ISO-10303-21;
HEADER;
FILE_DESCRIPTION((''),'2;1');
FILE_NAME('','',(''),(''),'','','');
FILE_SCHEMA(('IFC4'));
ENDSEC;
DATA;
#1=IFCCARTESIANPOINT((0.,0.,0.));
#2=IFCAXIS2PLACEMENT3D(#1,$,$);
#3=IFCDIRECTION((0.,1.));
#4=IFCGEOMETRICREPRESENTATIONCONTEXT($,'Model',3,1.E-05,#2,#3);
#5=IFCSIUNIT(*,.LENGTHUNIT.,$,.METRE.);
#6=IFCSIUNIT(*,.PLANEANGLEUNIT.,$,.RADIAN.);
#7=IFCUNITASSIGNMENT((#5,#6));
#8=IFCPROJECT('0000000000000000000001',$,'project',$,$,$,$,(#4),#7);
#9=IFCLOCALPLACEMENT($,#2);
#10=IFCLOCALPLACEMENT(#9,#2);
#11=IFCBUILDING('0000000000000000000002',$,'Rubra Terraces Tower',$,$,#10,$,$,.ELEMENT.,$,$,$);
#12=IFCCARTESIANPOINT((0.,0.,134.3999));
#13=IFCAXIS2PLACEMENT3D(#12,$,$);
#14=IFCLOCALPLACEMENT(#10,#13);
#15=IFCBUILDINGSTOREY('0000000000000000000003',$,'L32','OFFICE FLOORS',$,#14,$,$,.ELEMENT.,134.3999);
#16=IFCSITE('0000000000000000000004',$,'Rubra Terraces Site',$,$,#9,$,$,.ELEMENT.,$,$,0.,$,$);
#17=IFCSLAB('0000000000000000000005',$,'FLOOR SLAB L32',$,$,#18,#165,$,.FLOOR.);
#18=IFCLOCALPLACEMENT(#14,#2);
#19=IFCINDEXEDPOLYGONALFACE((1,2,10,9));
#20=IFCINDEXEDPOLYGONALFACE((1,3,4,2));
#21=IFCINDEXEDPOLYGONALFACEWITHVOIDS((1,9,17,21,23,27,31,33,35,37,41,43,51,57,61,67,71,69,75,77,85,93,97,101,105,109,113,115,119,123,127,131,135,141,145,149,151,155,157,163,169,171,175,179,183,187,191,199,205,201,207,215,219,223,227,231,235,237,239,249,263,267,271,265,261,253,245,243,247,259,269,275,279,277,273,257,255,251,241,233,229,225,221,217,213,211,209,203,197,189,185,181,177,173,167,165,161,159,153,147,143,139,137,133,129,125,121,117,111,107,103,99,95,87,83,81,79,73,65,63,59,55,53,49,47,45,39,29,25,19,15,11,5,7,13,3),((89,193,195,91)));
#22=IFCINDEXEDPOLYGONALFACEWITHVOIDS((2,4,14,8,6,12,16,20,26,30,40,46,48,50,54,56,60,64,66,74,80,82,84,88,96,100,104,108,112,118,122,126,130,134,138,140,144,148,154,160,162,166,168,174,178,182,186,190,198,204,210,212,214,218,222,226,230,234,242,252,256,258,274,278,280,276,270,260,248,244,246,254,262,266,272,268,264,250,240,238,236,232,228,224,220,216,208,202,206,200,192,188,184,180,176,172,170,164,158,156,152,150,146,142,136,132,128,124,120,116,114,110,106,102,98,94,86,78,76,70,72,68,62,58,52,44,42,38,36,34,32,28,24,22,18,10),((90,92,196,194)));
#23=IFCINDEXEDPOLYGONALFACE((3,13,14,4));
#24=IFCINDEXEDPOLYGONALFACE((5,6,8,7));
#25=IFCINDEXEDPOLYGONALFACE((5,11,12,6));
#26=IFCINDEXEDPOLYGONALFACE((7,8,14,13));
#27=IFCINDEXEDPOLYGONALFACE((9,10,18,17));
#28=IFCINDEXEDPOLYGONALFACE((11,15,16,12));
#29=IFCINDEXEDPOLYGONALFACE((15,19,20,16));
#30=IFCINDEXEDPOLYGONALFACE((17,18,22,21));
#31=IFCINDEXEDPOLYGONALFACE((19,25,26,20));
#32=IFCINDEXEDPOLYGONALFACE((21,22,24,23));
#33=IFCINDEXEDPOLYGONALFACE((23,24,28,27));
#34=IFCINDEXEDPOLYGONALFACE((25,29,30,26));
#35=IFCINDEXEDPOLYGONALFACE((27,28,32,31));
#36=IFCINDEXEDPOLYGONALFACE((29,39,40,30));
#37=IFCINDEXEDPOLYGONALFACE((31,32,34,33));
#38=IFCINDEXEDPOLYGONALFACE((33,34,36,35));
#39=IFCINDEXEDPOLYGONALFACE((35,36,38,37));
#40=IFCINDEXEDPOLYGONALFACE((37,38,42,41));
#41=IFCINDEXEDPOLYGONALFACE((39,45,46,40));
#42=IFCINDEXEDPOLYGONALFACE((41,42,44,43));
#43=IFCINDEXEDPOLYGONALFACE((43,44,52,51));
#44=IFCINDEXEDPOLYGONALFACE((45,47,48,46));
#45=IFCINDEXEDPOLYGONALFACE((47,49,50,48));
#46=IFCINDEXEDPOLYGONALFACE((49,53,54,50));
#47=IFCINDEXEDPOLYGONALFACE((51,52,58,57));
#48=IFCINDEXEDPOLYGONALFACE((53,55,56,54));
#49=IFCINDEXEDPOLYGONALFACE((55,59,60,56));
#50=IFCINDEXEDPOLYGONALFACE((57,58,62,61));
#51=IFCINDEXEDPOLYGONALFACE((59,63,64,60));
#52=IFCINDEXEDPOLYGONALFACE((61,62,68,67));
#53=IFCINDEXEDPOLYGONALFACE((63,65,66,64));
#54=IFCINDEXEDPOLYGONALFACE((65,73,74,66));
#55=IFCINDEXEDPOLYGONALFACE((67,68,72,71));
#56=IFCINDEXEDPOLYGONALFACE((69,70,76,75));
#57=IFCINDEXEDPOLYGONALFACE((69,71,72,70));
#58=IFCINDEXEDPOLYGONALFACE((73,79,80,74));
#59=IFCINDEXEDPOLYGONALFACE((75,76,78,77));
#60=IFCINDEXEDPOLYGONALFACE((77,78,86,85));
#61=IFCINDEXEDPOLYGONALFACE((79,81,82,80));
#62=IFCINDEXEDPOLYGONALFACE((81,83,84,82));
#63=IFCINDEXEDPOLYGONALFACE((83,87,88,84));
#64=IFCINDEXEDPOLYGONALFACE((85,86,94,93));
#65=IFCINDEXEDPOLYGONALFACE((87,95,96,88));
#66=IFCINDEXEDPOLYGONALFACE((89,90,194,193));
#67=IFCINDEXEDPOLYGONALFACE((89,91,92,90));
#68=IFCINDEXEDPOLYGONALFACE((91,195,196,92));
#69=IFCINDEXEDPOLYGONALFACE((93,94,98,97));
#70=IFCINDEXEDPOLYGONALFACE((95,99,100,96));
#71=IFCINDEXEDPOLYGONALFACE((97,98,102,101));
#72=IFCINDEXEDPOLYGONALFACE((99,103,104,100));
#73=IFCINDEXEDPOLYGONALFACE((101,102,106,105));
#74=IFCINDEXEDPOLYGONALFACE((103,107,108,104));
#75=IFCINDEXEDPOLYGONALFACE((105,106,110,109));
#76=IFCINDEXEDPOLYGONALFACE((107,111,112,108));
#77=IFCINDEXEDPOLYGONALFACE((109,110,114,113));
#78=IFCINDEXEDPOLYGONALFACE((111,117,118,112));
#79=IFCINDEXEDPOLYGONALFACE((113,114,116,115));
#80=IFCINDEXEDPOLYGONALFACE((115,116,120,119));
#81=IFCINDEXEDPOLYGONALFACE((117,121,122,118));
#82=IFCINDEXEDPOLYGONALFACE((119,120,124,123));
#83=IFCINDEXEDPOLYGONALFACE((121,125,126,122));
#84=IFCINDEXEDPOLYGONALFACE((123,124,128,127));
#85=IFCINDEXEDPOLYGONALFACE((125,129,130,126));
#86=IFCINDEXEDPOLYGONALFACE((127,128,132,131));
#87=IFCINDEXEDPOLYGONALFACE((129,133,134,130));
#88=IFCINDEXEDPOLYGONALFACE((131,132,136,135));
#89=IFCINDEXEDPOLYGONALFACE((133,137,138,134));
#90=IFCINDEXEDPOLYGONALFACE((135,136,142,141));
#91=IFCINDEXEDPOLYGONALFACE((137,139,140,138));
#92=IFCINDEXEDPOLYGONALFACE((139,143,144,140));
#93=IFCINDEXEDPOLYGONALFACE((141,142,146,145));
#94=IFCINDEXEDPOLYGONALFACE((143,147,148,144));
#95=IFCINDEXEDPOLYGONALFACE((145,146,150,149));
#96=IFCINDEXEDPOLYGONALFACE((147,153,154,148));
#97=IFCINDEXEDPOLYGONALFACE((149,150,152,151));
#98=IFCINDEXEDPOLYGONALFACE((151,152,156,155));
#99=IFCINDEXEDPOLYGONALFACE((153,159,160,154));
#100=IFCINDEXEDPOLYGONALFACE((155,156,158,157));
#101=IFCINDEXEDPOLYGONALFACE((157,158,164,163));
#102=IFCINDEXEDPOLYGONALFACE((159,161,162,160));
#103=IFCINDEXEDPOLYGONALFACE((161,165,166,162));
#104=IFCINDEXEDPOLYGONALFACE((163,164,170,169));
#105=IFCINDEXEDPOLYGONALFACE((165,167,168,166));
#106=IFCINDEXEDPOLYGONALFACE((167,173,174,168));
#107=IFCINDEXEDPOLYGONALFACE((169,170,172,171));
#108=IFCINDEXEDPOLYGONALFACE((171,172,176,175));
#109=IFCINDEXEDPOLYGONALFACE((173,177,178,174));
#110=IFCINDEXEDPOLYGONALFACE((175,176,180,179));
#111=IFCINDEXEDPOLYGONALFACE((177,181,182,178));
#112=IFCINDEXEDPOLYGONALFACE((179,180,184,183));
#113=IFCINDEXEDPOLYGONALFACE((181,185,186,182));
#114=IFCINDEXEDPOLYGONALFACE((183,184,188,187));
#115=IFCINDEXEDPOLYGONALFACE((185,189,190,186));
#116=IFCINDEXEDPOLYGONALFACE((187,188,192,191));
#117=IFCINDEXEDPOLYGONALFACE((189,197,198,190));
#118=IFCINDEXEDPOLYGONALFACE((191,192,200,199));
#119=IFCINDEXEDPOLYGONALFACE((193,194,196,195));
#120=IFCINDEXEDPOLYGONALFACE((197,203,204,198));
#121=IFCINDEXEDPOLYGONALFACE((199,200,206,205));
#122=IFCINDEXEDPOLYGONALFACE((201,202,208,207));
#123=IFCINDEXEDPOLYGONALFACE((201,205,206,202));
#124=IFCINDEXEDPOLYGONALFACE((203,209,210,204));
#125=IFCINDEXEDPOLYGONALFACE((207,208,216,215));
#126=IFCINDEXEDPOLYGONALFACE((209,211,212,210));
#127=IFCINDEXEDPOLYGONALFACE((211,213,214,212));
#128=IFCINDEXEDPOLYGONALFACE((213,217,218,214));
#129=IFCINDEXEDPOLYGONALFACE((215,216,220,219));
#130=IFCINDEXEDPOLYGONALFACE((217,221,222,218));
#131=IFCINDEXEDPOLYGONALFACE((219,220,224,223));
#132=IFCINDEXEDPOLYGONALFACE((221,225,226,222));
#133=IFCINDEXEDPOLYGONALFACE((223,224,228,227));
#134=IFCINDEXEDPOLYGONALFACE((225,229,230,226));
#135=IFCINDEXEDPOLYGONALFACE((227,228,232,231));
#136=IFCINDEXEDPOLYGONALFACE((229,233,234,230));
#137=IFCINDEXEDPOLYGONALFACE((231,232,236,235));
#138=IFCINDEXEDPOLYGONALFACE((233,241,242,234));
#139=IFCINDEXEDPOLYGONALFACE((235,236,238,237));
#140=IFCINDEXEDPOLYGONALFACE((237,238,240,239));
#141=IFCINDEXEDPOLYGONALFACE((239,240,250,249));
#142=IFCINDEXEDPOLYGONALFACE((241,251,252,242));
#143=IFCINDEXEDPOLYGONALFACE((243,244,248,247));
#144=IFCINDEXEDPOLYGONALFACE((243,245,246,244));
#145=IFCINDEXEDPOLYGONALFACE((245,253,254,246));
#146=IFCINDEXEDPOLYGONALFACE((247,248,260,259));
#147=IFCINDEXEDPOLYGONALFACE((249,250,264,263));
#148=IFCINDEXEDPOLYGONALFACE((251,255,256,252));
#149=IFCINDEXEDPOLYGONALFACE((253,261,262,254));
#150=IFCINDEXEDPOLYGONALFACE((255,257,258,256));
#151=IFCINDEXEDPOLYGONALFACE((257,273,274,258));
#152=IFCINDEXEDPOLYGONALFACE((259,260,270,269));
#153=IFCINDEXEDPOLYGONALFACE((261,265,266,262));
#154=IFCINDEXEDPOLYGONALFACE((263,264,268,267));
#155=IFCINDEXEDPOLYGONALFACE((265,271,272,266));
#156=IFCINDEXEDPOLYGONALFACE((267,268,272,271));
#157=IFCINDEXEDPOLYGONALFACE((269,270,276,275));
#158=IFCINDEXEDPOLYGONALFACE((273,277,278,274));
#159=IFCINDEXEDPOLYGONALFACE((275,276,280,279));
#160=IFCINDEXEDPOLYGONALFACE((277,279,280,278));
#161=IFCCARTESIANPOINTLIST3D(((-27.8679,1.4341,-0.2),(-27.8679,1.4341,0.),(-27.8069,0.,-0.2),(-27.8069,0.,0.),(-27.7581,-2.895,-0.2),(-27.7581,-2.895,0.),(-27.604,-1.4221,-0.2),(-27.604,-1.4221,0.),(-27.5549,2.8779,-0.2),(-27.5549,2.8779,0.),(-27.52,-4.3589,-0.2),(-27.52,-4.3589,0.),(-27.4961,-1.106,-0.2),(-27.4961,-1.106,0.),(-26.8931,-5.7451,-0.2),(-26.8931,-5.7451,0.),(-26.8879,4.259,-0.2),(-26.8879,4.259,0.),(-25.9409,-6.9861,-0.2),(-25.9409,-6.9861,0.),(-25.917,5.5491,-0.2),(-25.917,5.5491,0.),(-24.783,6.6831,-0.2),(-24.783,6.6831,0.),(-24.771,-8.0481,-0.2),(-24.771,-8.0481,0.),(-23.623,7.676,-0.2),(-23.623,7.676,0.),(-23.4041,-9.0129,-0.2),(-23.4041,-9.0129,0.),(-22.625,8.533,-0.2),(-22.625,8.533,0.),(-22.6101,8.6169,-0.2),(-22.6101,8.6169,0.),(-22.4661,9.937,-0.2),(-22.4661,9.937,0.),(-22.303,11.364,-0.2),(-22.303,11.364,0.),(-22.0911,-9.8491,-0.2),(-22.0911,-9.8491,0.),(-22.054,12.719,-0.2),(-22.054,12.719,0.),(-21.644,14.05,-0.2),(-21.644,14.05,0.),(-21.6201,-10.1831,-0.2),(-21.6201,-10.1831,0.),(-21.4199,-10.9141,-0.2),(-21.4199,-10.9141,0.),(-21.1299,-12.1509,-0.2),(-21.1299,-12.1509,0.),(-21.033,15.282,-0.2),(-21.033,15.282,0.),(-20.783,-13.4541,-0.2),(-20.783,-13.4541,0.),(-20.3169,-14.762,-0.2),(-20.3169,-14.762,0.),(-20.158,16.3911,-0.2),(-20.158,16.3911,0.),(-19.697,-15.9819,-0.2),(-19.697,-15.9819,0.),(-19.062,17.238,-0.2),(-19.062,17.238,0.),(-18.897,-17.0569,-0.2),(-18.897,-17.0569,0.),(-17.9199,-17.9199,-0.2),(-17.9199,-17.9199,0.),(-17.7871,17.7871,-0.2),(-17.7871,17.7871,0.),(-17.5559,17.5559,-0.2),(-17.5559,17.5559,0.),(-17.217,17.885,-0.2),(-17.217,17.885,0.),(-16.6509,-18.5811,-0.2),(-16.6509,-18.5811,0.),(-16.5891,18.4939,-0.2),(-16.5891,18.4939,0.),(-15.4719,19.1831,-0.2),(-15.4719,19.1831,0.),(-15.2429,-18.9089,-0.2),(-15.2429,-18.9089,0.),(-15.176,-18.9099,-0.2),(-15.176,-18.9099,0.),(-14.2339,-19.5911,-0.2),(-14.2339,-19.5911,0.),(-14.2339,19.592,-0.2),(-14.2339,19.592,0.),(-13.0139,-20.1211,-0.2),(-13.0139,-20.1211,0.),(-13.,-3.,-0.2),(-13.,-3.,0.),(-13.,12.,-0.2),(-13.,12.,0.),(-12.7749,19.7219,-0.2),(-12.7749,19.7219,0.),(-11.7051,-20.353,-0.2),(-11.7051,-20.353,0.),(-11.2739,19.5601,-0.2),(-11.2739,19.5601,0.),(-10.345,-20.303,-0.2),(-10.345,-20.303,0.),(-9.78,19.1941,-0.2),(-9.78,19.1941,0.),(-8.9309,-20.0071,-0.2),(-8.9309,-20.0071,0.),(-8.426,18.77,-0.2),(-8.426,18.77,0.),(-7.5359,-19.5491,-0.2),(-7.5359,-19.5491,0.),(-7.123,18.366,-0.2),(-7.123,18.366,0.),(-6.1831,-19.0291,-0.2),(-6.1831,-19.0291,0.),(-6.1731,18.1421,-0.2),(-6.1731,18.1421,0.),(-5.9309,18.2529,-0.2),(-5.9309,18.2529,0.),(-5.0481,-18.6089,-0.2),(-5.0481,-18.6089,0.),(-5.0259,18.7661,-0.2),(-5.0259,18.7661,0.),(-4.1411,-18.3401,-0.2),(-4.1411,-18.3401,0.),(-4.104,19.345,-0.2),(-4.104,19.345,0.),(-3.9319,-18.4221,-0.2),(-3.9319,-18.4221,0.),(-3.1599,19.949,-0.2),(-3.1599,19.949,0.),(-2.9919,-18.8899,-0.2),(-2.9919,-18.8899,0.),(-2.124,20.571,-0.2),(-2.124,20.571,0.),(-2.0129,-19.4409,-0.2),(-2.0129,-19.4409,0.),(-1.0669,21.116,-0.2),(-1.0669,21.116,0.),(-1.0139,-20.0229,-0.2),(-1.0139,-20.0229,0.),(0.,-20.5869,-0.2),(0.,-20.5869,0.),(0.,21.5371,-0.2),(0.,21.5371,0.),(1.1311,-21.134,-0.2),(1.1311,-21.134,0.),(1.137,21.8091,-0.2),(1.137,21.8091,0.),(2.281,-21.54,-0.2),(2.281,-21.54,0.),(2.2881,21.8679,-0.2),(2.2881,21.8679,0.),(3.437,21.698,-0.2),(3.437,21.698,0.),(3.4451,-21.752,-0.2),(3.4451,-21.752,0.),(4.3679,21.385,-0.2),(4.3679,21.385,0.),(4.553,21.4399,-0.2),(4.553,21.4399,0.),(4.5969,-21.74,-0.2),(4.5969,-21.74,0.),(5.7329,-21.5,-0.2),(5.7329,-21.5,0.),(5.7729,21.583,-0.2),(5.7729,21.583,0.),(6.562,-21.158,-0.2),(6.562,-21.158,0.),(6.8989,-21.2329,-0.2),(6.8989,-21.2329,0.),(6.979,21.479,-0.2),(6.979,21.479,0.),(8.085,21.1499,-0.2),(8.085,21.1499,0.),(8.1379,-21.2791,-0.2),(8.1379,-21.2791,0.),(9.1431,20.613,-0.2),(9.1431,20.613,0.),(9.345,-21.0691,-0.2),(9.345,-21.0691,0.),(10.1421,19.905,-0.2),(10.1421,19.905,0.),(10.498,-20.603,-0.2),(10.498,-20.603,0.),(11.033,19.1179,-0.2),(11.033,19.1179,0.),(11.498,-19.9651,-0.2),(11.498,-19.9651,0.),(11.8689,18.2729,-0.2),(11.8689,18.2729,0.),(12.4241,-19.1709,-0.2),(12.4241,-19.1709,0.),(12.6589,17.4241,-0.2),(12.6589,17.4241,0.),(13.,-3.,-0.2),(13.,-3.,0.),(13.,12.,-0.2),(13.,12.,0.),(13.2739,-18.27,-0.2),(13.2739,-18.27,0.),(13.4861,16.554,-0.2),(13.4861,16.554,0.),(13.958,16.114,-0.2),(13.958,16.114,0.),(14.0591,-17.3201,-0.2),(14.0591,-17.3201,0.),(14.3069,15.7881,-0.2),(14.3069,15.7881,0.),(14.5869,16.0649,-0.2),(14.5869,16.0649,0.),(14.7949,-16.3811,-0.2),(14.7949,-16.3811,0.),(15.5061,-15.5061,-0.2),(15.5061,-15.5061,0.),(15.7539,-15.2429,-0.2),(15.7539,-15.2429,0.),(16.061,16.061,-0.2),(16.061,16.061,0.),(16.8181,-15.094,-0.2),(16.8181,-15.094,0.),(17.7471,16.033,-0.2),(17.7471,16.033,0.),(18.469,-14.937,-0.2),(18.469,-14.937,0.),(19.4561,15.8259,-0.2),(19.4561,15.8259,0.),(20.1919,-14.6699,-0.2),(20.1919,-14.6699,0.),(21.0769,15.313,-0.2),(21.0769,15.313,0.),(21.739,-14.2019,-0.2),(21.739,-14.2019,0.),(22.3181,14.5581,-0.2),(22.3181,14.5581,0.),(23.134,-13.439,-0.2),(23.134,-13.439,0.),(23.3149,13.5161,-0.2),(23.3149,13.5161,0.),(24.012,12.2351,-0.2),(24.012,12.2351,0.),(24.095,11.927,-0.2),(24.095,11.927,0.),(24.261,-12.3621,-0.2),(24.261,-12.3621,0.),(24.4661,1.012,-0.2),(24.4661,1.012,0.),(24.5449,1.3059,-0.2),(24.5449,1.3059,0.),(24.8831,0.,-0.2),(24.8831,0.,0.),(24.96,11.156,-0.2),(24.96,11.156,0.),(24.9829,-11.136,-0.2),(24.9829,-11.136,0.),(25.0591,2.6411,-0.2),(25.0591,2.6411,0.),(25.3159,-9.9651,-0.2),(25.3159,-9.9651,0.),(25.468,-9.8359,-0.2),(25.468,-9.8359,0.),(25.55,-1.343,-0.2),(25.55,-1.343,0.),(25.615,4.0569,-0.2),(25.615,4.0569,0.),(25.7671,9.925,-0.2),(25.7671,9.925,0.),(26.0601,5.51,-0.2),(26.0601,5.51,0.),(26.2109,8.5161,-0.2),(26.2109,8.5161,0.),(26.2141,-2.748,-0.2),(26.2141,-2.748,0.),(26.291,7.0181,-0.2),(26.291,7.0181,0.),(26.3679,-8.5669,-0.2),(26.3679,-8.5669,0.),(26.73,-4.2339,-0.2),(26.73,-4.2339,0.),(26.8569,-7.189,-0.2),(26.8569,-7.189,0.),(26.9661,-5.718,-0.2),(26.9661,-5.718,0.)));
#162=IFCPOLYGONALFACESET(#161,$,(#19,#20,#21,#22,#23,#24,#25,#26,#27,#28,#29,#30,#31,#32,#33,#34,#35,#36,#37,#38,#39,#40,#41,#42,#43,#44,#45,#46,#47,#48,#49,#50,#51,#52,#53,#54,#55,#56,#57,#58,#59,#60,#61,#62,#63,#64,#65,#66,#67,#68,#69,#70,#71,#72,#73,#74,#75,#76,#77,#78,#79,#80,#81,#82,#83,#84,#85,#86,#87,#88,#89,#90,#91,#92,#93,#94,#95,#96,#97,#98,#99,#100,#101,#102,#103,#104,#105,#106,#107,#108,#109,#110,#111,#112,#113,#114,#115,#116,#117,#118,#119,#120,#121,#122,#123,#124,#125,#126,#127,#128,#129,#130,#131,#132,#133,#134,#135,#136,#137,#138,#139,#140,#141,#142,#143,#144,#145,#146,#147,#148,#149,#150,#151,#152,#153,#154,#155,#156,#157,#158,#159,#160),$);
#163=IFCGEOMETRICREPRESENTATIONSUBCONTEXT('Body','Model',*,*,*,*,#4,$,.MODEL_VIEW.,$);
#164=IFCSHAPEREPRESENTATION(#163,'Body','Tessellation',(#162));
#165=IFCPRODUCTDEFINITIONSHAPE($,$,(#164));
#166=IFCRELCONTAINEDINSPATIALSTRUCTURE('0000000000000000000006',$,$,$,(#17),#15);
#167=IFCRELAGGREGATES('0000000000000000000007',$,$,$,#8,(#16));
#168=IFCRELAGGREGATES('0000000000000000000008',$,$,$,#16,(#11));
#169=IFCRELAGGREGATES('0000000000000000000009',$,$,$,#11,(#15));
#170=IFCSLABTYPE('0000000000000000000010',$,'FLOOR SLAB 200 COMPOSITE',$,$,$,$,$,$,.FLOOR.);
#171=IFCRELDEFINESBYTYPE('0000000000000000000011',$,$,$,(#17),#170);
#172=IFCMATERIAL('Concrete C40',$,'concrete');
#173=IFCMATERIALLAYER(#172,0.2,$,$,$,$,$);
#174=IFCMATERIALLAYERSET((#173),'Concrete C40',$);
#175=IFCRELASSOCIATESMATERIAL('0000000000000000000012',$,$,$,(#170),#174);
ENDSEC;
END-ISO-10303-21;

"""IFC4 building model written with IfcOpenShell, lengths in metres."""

from ifc_helpers import new_model, si_unit, direction, frame, origin, place, context, subcontext, project, spatial, polyline, outline, extrude, material, layer, layer_set, type_object, element, save


model = new_model("IFC4")

# Units and contexts
model_context = context("Model", 3, precision=1e-05, world=origin(), true_north=direction((0.0, 1.0)))
body_context = subcontext(model_context, "Body", "Model", "MODEL_VIEW")
ifc_project = project(units=[si_unit("LENGTHUNIT", "METRE"), si_unit("PLANEANGLEUNIT", "RADIAN")], contexts=[model_context])

# Site, building, storey
site_placement = place(None, origin())
site = spatial("IfcSite", under=ifc_project, at=site_placement, Name="Rubra Terraces Site", CompositionType="ELEMENT", RefElevation=0.0)
building_placement = place(site_placement, origin())
building = spatial("IfcBuilding", under=site, at=building_placement, Name="Rubra Terraces Tower", CompositionType="ELEMENT")
storey_placement = place(building_placement, frame((0.0, 0.0, 134.3999)))
storey = spatial("IfcBuildingStorey", under=building, at=storey_placement, Name="L32", Description="OFFICE FLOORS", CompositionType="ELEMENT", Elevation=134.3999)

# Slab
ifc_material_1 = material(Name="Concrete C40", Category="concrete")
ifc_layer_1 = layer(ifc_material_1, 0.2)
ifc_layer_set_1 = layer_set([ifc_layer_1], Name="Concrete C40")
slab_type_1 = type_object("IfcSlabType", Name="FLOOR SLAB 200 COMPOSITE", PredefinedType="FLOOR", material=ifc_layer_set_1)
slab_1_placement = place(storey_placement, frame((0.0, 0.0, -0.2)))
element("IfcSlab", 1, at=slab_1_placement, inside=storey, type_object=slab_type_1, Name="FLOOR SLAB L32", PredefinedType="FLOOR", context=body_context, shape_type="SweptSolid", body=[
    extrude(outline(polyline([(-5.0481, -18.6089), (-4.1411, -18.3401), (-3.9319, -18.4221), (-2.9919, -18.8899), (-2.0129, -19.4409), (-1.0139, -20.0229), (0.0, -20.5869), (1.1311, -21.134), (2.281, -21.54), (3.4451, -21.752), (4.5969, -21.74), (5.7329, -21.5), (6.562, -21.158), (6.8989, -21.2329), (8.1379, -21.2791), (9.345, -21.0691), (10.498, -20.603), (11.498, -19.9651), (12.4241, -19.1709), (13.2739, -18.27), (14.0591, -17.3201), (14.7949, -16.3811), (15.5061, -15.5061), (15.7539, -15.2429), (16.8181, -15.094), (18.469, -14.937), (20.1919, -14.6699), (21.739, -14.2019), (23.134, -13.439), (24.261, -12.3621), (24.9829, -11.136), (25.3159, -9.9651), (25.468, -9.8359), (26.3679, -8.5669), (26.8569, -7.189), (26.9661, -5.718), (26.73, -4.2339), (26.2141, -2.748), (25.55, -1.343), (24.8831, 0.0), (24.4661, 1.012), (24.5449, 1.3059), (25.0591, 2.6411), (25.615, 4.0569), (26.0601, 5.51), (26.291, 7.0181), (26.2109, 8.5161), (25.7671, 9.925), (24.96, 11.156), (24.095, 11.927), (24.012, 12.2351), (23.3149, 13.5161), (22.3181, 14.5581), (21.0769, 15.313), (19.4561, 15.8259), (17.7471, 16.033), (16.061, 16.061), (14.5869, 16.0649), (13.958, 16.114), (14.3069, 15.7881), (13.4861, 16.554), (12.6589, 17.4241), (11.8689, 18.2729), (11.033, 19.1179), (10.1421, 19.905), (9.1431, 20.613), (8.085, 21.1499), (6.979, 21.479), (5.7729, 21.583), (4.553, 21.4399), (4.3679, 21.385), (3.437, 21.698), (2.2881, 21.8679), (1.137, 21.8091), (0.0, 21.5371), (-1.0669, 21.116), (-2.124, 20.571), (-3.1599, 19.949), (-4.104, 19.345), (-5.0259, 18.7661), (-5.9309, 18.2529), (-6.1731, 18.1421), (-7.123, 18.366), (-8.426, 18.77), (-9.78, 19.1941), (-11.2739, 19.5601), (-12.7749, 19.7219), (-14.2339, 19.592), (-15.4719, 19.1831), (-16.5891, 18.4939), (-17.5559, 17.5559), (-17.217, 17.885), (-17.7871, 17.7871), (-19.062, 17.238), (-20.158, 16.3911), (-21.033, 15.282), (-21.644, 14.05), (-22.054, 12.719), (-22.303, 11.364), (-22.4661, 9.937), (-22.6101, 8.6169), (-22.625, 8.533), (-23.623, 7.676), (-24.783, 6.6831), (-25.917, 5.5491), (-26.8879, 4.259), (-27.5549, 2.8779), (-27.8679, 1.4341), (-27.8069, 0.0), (-27.4961, -1.106), (-27.604, -1.4221), (-27.7581, -2.895), (-27.52, -4.3589), (-26.8931, -5.7451), (-25.9409, -6.9861), (-24.771, -8.0481), (-23.4041, -9.0129), (-22.0911, -9.8491), (-21.6201, -10.1831), (-21.4199, -10.9141), (-21.1299, -12.1509), (-20.783, -13.4541), (-20.3169, -14.762), (-19.697, -15.9819), (-18.897, -17.0569), (-17.9199, -17.9199), (-16.6509, -18.5811), (-15.2429, -18.9089), (-15.176, -18.9099), (-14.2339, -19.5911), (-13.0139, -20.1211), (-11.7051, -20.353), (-10.345, -20.303), (-8.9309, -20.0071), (-7.5359, -19.5491), (-6.1831, -19.0291), (-5.0481, -18.6089)]), holes=[polyline([(13.0, 12.0), (13.0, -3.0), (-13.0, -3.0), (-13.0, 12.0), (13.0, 12.0)])]), origin(), (0.0, 0.0, 1.0), 0.2),
])

save(model, "model.ifc")
